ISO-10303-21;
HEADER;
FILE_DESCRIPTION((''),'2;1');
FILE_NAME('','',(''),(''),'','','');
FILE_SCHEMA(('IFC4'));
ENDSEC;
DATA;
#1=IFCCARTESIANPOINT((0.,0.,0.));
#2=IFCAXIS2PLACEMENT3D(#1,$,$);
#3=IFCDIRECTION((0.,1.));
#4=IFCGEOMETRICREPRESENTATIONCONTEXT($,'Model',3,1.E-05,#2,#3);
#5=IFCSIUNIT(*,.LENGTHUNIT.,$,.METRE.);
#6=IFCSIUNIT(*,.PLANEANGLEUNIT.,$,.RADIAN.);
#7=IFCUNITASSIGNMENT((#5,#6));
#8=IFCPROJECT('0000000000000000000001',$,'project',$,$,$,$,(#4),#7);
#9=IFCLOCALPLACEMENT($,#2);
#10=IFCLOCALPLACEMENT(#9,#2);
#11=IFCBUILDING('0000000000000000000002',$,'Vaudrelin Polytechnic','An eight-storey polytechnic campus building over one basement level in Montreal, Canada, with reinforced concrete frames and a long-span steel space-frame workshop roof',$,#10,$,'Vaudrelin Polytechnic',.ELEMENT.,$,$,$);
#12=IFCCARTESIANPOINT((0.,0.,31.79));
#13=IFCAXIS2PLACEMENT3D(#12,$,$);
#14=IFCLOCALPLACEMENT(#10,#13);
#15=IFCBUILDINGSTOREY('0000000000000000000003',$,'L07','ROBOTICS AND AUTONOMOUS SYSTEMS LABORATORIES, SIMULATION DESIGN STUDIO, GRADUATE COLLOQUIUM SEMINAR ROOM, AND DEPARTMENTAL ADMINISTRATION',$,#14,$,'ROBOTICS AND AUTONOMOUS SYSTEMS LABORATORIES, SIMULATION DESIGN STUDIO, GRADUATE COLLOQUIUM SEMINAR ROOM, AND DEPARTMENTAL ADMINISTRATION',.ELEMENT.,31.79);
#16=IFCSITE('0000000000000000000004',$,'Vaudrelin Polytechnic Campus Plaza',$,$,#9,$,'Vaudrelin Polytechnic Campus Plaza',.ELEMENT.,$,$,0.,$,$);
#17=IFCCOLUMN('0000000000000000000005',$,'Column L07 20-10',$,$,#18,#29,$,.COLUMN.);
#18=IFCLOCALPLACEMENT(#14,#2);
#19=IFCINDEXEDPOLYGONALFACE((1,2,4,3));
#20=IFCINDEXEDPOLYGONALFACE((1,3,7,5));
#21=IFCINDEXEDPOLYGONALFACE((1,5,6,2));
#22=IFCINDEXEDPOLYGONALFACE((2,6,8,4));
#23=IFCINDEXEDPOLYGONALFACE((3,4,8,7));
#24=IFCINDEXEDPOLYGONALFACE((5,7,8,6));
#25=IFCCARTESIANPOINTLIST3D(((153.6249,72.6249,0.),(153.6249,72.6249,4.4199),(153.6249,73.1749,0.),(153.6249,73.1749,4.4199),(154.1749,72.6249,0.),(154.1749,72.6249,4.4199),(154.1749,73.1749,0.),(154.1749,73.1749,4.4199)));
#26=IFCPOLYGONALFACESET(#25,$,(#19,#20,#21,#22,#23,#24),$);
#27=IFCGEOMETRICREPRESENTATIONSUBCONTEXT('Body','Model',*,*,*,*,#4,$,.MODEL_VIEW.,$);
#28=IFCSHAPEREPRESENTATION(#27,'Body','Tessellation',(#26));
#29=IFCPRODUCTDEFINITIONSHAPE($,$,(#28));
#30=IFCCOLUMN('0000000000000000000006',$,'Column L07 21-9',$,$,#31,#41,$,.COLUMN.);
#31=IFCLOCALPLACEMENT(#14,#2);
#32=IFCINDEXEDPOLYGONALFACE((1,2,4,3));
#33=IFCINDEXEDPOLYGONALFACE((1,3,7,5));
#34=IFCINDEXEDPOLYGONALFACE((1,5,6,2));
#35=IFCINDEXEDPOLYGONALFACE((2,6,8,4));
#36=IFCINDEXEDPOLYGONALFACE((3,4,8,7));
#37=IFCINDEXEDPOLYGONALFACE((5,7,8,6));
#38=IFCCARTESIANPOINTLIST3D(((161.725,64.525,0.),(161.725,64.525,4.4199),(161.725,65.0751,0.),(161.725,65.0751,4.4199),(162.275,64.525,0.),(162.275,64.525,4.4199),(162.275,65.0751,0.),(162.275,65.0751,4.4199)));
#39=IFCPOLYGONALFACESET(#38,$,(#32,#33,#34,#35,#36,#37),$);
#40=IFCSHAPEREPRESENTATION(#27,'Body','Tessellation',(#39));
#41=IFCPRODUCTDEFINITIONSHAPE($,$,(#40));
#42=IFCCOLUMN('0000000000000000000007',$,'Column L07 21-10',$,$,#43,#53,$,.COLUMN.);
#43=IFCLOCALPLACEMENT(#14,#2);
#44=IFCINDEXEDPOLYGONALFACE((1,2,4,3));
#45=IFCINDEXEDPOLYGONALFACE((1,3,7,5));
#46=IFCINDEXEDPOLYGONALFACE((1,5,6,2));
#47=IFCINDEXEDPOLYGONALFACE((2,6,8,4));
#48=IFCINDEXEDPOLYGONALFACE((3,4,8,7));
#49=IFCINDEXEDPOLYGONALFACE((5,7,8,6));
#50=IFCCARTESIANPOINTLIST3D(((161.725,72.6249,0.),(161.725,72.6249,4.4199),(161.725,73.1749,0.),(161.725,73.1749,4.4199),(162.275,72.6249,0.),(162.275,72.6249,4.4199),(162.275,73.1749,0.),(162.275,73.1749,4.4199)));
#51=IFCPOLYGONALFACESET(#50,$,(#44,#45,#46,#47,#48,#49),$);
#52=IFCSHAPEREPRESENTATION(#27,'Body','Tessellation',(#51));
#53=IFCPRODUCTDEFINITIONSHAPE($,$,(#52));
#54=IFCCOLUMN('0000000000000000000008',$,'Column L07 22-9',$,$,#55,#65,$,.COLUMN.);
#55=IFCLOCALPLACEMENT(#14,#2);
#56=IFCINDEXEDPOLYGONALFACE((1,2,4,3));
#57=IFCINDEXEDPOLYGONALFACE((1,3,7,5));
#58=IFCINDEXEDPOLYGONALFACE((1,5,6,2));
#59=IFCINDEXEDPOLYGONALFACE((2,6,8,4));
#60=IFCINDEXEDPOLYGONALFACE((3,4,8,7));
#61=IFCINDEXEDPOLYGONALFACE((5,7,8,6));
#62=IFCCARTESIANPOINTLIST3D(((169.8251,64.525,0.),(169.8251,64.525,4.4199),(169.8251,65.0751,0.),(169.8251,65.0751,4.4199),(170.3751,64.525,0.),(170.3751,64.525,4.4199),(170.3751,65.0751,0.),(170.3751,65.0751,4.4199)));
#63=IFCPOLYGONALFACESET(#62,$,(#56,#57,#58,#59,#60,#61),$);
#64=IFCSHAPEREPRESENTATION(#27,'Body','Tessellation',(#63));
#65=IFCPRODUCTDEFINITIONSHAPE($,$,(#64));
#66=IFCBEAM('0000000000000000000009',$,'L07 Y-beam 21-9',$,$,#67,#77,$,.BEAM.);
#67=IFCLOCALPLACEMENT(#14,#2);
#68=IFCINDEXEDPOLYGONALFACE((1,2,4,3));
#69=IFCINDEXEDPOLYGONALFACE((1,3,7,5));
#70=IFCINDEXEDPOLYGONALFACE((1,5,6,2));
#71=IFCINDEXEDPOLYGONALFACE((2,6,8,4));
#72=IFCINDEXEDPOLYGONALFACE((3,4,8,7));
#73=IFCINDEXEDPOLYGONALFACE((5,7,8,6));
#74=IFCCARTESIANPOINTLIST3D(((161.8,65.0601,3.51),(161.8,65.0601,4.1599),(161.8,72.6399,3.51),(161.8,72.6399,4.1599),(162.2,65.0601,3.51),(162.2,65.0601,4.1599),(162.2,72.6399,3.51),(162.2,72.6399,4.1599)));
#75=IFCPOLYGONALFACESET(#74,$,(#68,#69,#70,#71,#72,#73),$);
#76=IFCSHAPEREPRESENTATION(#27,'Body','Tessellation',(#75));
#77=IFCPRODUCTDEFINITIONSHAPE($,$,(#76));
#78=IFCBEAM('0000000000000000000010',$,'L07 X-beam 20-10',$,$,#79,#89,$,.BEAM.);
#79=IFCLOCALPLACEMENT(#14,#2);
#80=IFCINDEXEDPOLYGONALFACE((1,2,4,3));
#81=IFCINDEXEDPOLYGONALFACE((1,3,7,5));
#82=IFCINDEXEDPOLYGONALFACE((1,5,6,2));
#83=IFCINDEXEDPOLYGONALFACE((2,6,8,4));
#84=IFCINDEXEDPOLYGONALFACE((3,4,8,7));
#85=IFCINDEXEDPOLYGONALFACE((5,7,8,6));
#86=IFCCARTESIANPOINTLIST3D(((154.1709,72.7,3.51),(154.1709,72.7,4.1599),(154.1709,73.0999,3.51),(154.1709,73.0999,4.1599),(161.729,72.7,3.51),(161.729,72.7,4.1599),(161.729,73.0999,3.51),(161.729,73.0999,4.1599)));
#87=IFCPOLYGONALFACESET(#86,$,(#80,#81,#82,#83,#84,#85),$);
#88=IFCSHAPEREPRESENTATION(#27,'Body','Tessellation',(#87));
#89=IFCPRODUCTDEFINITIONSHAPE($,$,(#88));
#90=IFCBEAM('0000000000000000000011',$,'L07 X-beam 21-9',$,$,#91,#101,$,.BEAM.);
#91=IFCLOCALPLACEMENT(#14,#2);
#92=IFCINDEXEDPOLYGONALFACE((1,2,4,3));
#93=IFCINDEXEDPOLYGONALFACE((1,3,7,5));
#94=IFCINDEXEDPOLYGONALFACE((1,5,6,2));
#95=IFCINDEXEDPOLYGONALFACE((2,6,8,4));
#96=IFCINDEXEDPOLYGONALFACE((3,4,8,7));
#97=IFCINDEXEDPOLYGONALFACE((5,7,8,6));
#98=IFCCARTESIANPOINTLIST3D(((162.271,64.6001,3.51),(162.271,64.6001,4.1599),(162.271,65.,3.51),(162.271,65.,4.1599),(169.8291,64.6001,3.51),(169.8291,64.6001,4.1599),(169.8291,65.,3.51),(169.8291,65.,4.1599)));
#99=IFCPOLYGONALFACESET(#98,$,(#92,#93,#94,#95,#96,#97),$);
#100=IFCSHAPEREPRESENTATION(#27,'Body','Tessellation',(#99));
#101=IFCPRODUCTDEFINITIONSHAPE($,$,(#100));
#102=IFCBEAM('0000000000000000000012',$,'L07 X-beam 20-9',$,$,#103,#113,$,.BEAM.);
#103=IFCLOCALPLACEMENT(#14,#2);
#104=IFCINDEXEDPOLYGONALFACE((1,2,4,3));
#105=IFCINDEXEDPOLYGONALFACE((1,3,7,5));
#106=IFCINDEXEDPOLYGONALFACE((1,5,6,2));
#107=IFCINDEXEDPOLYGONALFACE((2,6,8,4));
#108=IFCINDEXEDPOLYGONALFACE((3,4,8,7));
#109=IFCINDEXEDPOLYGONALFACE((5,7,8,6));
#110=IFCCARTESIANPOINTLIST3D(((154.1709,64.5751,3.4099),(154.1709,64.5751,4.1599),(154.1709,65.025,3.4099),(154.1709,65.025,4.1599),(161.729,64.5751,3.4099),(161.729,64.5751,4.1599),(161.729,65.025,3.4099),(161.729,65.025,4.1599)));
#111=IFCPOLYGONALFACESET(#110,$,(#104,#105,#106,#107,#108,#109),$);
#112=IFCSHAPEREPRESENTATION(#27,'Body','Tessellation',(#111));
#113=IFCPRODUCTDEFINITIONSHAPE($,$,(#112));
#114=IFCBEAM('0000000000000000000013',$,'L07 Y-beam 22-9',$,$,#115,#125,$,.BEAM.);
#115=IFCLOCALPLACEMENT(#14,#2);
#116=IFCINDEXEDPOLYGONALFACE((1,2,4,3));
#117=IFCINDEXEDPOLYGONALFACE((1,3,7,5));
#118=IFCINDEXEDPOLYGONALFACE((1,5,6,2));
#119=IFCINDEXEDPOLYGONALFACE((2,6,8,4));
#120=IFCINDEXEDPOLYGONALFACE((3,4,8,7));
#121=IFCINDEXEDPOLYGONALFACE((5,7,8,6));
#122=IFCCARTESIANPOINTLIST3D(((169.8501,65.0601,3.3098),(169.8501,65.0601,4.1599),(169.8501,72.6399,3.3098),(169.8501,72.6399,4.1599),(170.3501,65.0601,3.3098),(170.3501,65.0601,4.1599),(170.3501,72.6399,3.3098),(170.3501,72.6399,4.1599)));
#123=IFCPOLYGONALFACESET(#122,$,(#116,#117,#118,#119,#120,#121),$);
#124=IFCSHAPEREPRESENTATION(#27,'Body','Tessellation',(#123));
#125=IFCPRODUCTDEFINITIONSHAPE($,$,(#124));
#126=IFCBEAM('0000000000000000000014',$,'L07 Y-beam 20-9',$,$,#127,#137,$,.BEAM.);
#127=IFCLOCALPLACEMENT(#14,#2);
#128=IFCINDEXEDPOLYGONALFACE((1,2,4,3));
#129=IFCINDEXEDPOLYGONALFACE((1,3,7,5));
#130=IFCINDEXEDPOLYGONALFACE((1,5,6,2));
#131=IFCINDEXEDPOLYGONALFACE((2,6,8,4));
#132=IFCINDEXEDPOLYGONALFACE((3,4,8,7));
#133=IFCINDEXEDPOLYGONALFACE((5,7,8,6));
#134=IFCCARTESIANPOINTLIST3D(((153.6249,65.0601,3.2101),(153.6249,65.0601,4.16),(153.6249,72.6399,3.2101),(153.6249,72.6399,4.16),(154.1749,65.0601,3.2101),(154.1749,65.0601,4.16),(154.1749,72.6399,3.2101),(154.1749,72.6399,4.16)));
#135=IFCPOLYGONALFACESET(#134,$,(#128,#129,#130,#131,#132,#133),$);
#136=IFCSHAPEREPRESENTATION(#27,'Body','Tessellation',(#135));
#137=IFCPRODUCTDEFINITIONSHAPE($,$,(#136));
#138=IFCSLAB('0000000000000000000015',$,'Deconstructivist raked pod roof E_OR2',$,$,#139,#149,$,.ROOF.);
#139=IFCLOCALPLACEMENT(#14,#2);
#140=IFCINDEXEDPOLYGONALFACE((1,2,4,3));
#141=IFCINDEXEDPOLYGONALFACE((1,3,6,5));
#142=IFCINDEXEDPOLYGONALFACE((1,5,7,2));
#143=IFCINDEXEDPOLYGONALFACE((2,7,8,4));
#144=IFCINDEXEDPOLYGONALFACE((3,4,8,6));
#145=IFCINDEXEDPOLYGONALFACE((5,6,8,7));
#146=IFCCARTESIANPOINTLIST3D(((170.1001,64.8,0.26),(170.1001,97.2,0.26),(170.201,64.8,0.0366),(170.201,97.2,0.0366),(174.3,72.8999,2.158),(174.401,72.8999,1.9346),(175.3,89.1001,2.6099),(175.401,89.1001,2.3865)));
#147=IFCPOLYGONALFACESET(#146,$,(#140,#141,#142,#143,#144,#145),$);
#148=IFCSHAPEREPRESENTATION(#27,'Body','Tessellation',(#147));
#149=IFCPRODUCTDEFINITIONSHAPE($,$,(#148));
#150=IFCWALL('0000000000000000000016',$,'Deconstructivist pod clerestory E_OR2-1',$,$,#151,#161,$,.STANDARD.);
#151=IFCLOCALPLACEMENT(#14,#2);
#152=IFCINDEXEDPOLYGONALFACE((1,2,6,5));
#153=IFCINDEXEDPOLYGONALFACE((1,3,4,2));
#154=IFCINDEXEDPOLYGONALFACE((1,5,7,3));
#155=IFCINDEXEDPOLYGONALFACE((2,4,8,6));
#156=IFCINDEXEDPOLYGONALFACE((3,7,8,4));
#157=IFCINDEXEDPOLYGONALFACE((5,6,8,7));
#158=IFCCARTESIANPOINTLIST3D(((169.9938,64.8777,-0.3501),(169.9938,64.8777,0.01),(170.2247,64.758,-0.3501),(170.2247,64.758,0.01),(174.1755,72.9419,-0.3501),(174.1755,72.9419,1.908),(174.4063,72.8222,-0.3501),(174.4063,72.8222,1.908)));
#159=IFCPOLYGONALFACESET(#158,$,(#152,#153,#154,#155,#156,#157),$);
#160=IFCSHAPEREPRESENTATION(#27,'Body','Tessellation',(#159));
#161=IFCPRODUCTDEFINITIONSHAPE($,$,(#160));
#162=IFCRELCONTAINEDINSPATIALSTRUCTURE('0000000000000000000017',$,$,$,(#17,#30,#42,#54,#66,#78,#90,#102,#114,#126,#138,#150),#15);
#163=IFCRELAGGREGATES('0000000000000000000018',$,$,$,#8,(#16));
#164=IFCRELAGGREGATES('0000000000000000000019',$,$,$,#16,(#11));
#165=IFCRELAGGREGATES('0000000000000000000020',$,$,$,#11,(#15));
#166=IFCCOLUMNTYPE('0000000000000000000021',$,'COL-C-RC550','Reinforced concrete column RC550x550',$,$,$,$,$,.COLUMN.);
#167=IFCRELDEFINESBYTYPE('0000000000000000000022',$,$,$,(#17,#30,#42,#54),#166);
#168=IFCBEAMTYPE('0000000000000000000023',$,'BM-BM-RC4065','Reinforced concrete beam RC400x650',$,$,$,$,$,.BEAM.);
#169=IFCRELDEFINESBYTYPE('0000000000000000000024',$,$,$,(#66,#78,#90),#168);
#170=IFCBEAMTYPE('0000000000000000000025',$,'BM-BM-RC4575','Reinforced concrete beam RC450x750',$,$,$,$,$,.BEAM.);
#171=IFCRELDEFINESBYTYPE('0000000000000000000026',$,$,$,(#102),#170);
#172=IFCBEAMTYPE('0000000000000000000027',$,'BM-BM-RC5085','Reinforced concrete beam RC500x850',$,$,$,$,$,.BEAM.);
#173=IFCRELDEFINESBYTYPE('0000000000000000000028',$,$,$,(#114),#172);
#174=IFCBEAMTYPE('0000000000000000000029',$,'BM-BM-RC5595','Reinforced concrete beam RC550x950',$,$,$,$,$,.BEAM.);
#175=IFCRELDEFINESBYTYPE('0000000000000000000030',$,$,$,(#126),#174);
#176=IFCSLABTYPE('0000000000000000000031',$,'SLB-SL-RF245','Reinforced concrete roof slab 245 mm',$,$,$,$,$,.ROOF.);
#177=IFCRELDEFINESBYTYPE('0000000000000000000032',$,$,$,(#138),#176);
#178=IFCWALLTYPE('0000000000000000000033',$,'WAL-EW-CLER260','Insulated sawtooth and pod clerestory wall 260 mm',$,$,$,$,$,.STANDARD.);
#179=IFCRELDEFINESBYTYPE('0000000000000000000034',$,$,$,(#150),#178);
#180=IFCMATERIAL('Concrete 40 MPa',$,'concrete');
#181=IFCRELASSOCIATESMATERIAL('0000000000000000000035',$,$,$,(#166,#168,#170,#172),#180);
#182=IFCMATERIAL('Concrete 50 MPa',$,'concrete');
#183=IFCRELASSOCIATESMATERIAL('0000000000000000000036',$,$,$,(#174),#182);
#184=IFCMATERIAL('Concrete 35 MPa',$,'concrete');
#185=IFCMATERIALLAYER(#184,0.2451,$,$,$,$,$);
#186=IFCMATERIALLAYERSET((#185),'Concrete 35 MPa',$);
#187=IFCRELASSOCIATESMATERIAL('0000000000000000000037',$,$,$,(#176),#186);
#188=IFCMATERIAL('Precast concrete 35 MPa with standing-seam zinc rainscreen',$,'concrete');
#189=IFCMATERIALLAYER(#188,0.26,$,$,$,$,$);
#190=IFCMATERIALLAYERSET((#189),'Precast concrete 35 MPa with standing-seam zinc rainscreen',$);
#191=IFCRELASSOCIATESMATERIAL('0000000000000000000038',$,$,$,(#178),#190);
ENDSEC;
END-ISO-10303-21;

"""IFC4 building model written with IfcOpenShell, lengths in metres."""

from ifc_helpers import new_model, si_unit, direction, frame, origin, origin_2d, place, context, subcontext, project, spatial, polyline, rectangle, outline, extrude, material, layer, layer_set, material_profile, profile_set, type_object, element, save


model = new_model("IFC4")

# Units and contexts
model_context = context("Model", 3, precision=1e-05, world=origin(), true_north=direction((0.0, 1.0)))
body_context = subcontext(model_context, "Body", "Model", "MODEL_VIEW")
ifc_project = project(units=[si_unit("LENGTHUNIT", "METRE"), si_unit("PLANEANGLEUNIT", "RADIAN")], contexts=[model_context])

# Site, building, storey
site_placement = place(None, origin())
site = spatial("IfcSite", under=ifc_project, at=site_placement, Name="Vaudrelin Polytechnic Campus Plaza", LongName="Vaudrelin Polytechnic Campus Plaza", CompositionType="ELEMENT", RefElevation=0.0)
building_placement = place(site_placement, origin())
building = spatial("IfcBuilding", under=site, at=building_placement, Name="Vaudrelin Polytechnic", Description="An eight-storey polytechnic campus building over one basement level in Montreal, Canada, with reinforced concrete frames and a long-span steel space-frame workshop roof", LongName="Vaudrelin Polytechnic", CompositionType="ELEMENT")
storey_placement = place(building_placement, frame((0.0, 0.0, 31.79)))
storey = spatial("IfcBuildingStorey", under=building, at=storey_placement, Name="L07", Description="ROBOTICS AND AUTONOMOUS SYSTEMS LABORATORIES, SIMULATION DESIGN STUDIO, GRADUATE COLLOQUIUM SEMINAR ROOM, AND DEPARTMENTAL ADMINISTRATION", LongName="ROBOTICS AND AUTONOMOUS SYSTEMS LABORATORIES, SIMULATION DESIGN STUDIO, GRADUATE COLLOQUIUM SEMINAR ROOM, AND DEPARTMENTAL ADMINISTRATION", CompositionType="ELEMENT", Elevation=31.79)

# Columns
ifc_material_1 = material(Name="Concrete 40 MPa", Category="concrete")
ifc_material_profile_1 = material_profile(ifc_material_1, rectangle(XDim=0.55, YDim=0.55, at=origin_2d()), Name="RC550x550")
ifc_profile_set_1 = profile_set([ifc_material_profile_1], Name="Concrete 40 MPa")
column_type = type_object("IfcColumnType", Name="COL-C-RC550", Description="Reinforced concrete column RC550x550", PredefinedType="COLUMN", material=ifc_profile_set_1)
for number, where, z_axis, x_axis, name in (
    (1, (153.8999, 72.8999, 0.0), (0.0, 0.0, 1.0), (1.0, 0.0, 0.0), "Column L07 20-10"),
    (2, (162.0, 64.8, 0.0), (0.0, 0.0, 1.0), (1.0, 0.0, 0.0), "Column L07 21-9"),
    (3, (162.0, 72.8999, 0.0), (0.0, 0.0, 1.0), (1.0, 0.0, 0.0), "Column L07 21-10"),
    (4, (170.1001, 64.8, 0.0), (0.0, 0.0, 1.0), (1.0, 0.0, 0.0), "Column L07 22-9"),
):
    element("IfcColumn", number, at=place(storey_placement, frame(where, z_axis=z_axis, x_axis=x_axis)), inside=storey, type_object=column_type, Name=name, PredefinedType="COLUMN", context=body_context, shape_type="SweptSolid", body=[
        extrude(rectangle(XDim=0.55, YDim=0.55, at=origin_2d()), origin(), (0.0, 0.0, 1.0), 4.4199),
    ])

# Beams
ifc_material_profile_2 = material_profile(ifc_material_1, rectangle(XDim=0.3999, YDim=0.6499, at=origin_2d()), Name="RC400x650")
ifc_profile_set_2 = profile_set([ifc_material_profile_2], Name="Concrete 40 MPa")
beam_type_1 = type_object("IfcBeamType", Name="BM-BM-RC4065", Description="Reinforced concrete beam RC400x650", PredefinedType="BEAM", material=ifc_profile_set_2)
beam_1_placement = place(storey_placement, frame((162.0, 65.0601, 3.835), z_axis=(0.0, 1.0, 0.0), x_axis=(-1.0, 0.0, 0.0)))
element("IfcBeam", 5, at=beam_1_placement, inside=storey, type_object=beam_type_1, Name="L07 Y-beam 21-9", PredefinedType="BEAM", context=body_context, shape_type="SweptSolid", body=[
    extrude(rectangle(XDim=0.3999, YDim=0.6499, at=origin_2d()), origin(), (0.0, 0.0, 1.0), 7.5798),
])
for number, where, z_axis, x_axis, name in (
    (6, (154.1709, 72.8999, 3.835), (1.0, 0.0, 0.0), (0.0, 1.0, 0.0), "L07 X-beam 20-10"),
    (7, (162.271, 64.8, 3.835), (1.0, 0.0, 0.0), (0.0, 1.0, 0.0), "L07 X-beam 21-9"),
):
    element("IfcBeam", number, at=place(storey_placement, frame(where, z_axis=z_axis, x_axis=x_axis)), inside=storey, type_object=beam_type_1, Name=name, PredefinedType="BEAM", context=body_context, shape_type="SweptSolid", body=[
        extrude(rectangle(XDim=0.3999, YDim=0.6499, at=origin_2d()), origin(), (0.0, 0.0, 1.0), 7.5581),
    ])
ifc_material_profile_3 = material_profile(ifc_material_1, rectangle(XDim=0.45, YDim=0.75, at=origin_2d()), Name="RC450x750")
ifc_profile_set_3 = profile_set([ifc_material_profile_3], Name="Concrete 40 MPa")
beam_type_2 = type_object("IfcBeamType", Name="BM-BM-RC4575", Description="Reinforced concrete beam RC450x750", PredefinedType="BEAM", material=ifc_profile_set_3)
beam_2_placement = place(storey_placement, frame((154.1709, 64.8, 3.7849), z_axis=(1.0, 0.0, 0.0), x_axis=(0.0, 1.0, 0.0)))
element("IfcBeam", 8, at=beam_2_placement, inside=storey, type_object=beam_type_2, Name="L07 X-beam 20-9", PredefinedType="BEAM", context=body_context, shape_type="SweptSolid", body=[
    extrude(rectangle(XDim=0.45, YDim=0.75, at=origin_2d()), origin(), (0.0, 0.0, 1.0), 7.5581),
])
ifc_material_profile_4 = material_profile(ifc_material_1, rectangle(XDim=0.5, YDim=0.8501, at=origin_2d()), Name="RC500x850")
ifc_profile_set_4 = profile_set([ifc_material_profile_4], Name="Concrete 40 MPa")
beam_type_3 = type_object("IfcBeamType", Name="BM-BM-RC5085", Description="Reinforced concrete beam RC500x850", PredefinedType="BEAM", material=ifc_profile_set_4)
beam_3_placement = place(storey_placement, frame((170.1001, 65.0601, 3.7349), z_axis=(0.0, 1.0, 0.0), x_axis=(-1.0, 0.0, 0.0)))
element("IfcBeam", 9, at=beam_3_placement, inside=storey, type_object=beam_type_3, Name="L07 Y-beam 22-9", PredefinedType="BEAM", context=body_context, shape_type="SweptSolid", body=[
    extrude(rectangle(XDim=0.5, YDim=0.8501, at=origin_2d()), origin(), (0.0, 0.0, 1.0), 7.5798),
])
ifc_material_2 = material(Name="Concrete 50 MPa", Category="concrete")
ifc_material_profile_5 = material_profile(ifc_material_2, rectangle(XDim=0.55, YDim=0.95, at=origin_2d()), Name="RC550x950")
ifc_profile_set_5 = profile_set([ifc_material_profile_5], Name="Concrete 50 MPa")
beam_type_4 = type_object("IfcBeamType", Name="BM-BM-RC5595", Description="Reinforced concrete beam RC550x950", PredefinedType="BEAM", material=ifc_profile_set_5)
beam_4_placement = place(storey_placement, frame((153.8999, 65.0601, 3.6851), z_axis=(0.0, 1.0, 0.0), x_axis=(-1.0, 0.0, 0.0)))
element("IfcBeam", 10, at=beam_4_placement, inside=storey, type_object=beam_type_4, Name="L07 Y-beam 20-9", PredefinedType="BEAM", context=body_context, shape_type="SweptSolid", body=[
    extrude(rectangle(XDim=0.55, YDim=0.95, at=origin_2d()), origin(), (0.0, 0.0, 1.0), 7.5798),
])

# Slab
ifc_material_3 = material(Name="Concrete 35 MPa", Category="concrete")
ifc_layer_1 = layer(ifc_material_3, 0.2451)
ifc_layer_set_1 = layer_set([ifc_layer_1], Name="Concrete 35 MPa")
slab_type = type_object("IfcSlabType", Name="SLB-SL-RF245", Description="Reinforced concrete roof slab 245 mm", PredefinedType="ROOF", material=ifc_layer_set_1)
slab_placement = place(storey_placement, frame((170.1001, 64.8, 0.26), z_axis=(-0.411803, 0.0, 0.911273), x_axis=(0.450672, 0.869148, 0.203658)))
element("IfcSlab", 11, at=slab_placement, inside=storey, type_object=slab_type, Name="Deconstructivist raked pod roof E_OR2", PredefinedType="ROOF", context=body_context, shape_type="SweptSolid", body=[
    extrude(outline(polyline([(0.0, 0.0), (9.3193, 0.0), (23.9424, 7.0581), (28.1603, 16.0234), (0.0, 0.0)])), origin(), (0.0, 0.0, -1.0), 0.2451),
])

# Wall
ifc_material_4 = material(Name="Precast concrete 35 MPa with standing-seam zinc rainscreen", Category="concrete")
ifc_layer_2 = layer(ifc_material_4, 0.26)
ifc_layer_set_2 = layer_set([ifc_layer_2], Name="Precast concrete 35 MPa with standing-seam zinc rainscreen")
wall_type_1 = type_object("IfcWallType", Name="WAL-EW-CLER260", Description="Insulated sawtooth and pod clerestory wall 260 mm", PredefinedType="STANDARD", material=ifc_layer_set_2)
wall_1_placement = place(storey_placement, frame((170.1091, 64.8179, -0.3501), z_axis=(0.0, 0.0, 1.0), x_axis=(0.460334, 0.887746, 0.0)))
element("IfcWall", 12, at=wall_1_placement, inside=storey, type_object=wall_type_1, Name="Deconstructivist pod clerestory E_OR2-1", PredefinedType="STANDARD", context=body_context, shape_type="SweptSolid", body=[
    extrude(outline(polyline([(0.0, 0.0), (9.084, 0.0), (9.084, 2.2581), (0.0, 0.3601), (0.0, 0.0)])), frame((0.0, 0.1299, 0.0), z_axis=(0.0, -1.0, 0.0), x_axis=(1.0, 0.0, 0.0)), (0.0, 0.0, 1.0), 0.26),
])

save(model, "model.ifc")
